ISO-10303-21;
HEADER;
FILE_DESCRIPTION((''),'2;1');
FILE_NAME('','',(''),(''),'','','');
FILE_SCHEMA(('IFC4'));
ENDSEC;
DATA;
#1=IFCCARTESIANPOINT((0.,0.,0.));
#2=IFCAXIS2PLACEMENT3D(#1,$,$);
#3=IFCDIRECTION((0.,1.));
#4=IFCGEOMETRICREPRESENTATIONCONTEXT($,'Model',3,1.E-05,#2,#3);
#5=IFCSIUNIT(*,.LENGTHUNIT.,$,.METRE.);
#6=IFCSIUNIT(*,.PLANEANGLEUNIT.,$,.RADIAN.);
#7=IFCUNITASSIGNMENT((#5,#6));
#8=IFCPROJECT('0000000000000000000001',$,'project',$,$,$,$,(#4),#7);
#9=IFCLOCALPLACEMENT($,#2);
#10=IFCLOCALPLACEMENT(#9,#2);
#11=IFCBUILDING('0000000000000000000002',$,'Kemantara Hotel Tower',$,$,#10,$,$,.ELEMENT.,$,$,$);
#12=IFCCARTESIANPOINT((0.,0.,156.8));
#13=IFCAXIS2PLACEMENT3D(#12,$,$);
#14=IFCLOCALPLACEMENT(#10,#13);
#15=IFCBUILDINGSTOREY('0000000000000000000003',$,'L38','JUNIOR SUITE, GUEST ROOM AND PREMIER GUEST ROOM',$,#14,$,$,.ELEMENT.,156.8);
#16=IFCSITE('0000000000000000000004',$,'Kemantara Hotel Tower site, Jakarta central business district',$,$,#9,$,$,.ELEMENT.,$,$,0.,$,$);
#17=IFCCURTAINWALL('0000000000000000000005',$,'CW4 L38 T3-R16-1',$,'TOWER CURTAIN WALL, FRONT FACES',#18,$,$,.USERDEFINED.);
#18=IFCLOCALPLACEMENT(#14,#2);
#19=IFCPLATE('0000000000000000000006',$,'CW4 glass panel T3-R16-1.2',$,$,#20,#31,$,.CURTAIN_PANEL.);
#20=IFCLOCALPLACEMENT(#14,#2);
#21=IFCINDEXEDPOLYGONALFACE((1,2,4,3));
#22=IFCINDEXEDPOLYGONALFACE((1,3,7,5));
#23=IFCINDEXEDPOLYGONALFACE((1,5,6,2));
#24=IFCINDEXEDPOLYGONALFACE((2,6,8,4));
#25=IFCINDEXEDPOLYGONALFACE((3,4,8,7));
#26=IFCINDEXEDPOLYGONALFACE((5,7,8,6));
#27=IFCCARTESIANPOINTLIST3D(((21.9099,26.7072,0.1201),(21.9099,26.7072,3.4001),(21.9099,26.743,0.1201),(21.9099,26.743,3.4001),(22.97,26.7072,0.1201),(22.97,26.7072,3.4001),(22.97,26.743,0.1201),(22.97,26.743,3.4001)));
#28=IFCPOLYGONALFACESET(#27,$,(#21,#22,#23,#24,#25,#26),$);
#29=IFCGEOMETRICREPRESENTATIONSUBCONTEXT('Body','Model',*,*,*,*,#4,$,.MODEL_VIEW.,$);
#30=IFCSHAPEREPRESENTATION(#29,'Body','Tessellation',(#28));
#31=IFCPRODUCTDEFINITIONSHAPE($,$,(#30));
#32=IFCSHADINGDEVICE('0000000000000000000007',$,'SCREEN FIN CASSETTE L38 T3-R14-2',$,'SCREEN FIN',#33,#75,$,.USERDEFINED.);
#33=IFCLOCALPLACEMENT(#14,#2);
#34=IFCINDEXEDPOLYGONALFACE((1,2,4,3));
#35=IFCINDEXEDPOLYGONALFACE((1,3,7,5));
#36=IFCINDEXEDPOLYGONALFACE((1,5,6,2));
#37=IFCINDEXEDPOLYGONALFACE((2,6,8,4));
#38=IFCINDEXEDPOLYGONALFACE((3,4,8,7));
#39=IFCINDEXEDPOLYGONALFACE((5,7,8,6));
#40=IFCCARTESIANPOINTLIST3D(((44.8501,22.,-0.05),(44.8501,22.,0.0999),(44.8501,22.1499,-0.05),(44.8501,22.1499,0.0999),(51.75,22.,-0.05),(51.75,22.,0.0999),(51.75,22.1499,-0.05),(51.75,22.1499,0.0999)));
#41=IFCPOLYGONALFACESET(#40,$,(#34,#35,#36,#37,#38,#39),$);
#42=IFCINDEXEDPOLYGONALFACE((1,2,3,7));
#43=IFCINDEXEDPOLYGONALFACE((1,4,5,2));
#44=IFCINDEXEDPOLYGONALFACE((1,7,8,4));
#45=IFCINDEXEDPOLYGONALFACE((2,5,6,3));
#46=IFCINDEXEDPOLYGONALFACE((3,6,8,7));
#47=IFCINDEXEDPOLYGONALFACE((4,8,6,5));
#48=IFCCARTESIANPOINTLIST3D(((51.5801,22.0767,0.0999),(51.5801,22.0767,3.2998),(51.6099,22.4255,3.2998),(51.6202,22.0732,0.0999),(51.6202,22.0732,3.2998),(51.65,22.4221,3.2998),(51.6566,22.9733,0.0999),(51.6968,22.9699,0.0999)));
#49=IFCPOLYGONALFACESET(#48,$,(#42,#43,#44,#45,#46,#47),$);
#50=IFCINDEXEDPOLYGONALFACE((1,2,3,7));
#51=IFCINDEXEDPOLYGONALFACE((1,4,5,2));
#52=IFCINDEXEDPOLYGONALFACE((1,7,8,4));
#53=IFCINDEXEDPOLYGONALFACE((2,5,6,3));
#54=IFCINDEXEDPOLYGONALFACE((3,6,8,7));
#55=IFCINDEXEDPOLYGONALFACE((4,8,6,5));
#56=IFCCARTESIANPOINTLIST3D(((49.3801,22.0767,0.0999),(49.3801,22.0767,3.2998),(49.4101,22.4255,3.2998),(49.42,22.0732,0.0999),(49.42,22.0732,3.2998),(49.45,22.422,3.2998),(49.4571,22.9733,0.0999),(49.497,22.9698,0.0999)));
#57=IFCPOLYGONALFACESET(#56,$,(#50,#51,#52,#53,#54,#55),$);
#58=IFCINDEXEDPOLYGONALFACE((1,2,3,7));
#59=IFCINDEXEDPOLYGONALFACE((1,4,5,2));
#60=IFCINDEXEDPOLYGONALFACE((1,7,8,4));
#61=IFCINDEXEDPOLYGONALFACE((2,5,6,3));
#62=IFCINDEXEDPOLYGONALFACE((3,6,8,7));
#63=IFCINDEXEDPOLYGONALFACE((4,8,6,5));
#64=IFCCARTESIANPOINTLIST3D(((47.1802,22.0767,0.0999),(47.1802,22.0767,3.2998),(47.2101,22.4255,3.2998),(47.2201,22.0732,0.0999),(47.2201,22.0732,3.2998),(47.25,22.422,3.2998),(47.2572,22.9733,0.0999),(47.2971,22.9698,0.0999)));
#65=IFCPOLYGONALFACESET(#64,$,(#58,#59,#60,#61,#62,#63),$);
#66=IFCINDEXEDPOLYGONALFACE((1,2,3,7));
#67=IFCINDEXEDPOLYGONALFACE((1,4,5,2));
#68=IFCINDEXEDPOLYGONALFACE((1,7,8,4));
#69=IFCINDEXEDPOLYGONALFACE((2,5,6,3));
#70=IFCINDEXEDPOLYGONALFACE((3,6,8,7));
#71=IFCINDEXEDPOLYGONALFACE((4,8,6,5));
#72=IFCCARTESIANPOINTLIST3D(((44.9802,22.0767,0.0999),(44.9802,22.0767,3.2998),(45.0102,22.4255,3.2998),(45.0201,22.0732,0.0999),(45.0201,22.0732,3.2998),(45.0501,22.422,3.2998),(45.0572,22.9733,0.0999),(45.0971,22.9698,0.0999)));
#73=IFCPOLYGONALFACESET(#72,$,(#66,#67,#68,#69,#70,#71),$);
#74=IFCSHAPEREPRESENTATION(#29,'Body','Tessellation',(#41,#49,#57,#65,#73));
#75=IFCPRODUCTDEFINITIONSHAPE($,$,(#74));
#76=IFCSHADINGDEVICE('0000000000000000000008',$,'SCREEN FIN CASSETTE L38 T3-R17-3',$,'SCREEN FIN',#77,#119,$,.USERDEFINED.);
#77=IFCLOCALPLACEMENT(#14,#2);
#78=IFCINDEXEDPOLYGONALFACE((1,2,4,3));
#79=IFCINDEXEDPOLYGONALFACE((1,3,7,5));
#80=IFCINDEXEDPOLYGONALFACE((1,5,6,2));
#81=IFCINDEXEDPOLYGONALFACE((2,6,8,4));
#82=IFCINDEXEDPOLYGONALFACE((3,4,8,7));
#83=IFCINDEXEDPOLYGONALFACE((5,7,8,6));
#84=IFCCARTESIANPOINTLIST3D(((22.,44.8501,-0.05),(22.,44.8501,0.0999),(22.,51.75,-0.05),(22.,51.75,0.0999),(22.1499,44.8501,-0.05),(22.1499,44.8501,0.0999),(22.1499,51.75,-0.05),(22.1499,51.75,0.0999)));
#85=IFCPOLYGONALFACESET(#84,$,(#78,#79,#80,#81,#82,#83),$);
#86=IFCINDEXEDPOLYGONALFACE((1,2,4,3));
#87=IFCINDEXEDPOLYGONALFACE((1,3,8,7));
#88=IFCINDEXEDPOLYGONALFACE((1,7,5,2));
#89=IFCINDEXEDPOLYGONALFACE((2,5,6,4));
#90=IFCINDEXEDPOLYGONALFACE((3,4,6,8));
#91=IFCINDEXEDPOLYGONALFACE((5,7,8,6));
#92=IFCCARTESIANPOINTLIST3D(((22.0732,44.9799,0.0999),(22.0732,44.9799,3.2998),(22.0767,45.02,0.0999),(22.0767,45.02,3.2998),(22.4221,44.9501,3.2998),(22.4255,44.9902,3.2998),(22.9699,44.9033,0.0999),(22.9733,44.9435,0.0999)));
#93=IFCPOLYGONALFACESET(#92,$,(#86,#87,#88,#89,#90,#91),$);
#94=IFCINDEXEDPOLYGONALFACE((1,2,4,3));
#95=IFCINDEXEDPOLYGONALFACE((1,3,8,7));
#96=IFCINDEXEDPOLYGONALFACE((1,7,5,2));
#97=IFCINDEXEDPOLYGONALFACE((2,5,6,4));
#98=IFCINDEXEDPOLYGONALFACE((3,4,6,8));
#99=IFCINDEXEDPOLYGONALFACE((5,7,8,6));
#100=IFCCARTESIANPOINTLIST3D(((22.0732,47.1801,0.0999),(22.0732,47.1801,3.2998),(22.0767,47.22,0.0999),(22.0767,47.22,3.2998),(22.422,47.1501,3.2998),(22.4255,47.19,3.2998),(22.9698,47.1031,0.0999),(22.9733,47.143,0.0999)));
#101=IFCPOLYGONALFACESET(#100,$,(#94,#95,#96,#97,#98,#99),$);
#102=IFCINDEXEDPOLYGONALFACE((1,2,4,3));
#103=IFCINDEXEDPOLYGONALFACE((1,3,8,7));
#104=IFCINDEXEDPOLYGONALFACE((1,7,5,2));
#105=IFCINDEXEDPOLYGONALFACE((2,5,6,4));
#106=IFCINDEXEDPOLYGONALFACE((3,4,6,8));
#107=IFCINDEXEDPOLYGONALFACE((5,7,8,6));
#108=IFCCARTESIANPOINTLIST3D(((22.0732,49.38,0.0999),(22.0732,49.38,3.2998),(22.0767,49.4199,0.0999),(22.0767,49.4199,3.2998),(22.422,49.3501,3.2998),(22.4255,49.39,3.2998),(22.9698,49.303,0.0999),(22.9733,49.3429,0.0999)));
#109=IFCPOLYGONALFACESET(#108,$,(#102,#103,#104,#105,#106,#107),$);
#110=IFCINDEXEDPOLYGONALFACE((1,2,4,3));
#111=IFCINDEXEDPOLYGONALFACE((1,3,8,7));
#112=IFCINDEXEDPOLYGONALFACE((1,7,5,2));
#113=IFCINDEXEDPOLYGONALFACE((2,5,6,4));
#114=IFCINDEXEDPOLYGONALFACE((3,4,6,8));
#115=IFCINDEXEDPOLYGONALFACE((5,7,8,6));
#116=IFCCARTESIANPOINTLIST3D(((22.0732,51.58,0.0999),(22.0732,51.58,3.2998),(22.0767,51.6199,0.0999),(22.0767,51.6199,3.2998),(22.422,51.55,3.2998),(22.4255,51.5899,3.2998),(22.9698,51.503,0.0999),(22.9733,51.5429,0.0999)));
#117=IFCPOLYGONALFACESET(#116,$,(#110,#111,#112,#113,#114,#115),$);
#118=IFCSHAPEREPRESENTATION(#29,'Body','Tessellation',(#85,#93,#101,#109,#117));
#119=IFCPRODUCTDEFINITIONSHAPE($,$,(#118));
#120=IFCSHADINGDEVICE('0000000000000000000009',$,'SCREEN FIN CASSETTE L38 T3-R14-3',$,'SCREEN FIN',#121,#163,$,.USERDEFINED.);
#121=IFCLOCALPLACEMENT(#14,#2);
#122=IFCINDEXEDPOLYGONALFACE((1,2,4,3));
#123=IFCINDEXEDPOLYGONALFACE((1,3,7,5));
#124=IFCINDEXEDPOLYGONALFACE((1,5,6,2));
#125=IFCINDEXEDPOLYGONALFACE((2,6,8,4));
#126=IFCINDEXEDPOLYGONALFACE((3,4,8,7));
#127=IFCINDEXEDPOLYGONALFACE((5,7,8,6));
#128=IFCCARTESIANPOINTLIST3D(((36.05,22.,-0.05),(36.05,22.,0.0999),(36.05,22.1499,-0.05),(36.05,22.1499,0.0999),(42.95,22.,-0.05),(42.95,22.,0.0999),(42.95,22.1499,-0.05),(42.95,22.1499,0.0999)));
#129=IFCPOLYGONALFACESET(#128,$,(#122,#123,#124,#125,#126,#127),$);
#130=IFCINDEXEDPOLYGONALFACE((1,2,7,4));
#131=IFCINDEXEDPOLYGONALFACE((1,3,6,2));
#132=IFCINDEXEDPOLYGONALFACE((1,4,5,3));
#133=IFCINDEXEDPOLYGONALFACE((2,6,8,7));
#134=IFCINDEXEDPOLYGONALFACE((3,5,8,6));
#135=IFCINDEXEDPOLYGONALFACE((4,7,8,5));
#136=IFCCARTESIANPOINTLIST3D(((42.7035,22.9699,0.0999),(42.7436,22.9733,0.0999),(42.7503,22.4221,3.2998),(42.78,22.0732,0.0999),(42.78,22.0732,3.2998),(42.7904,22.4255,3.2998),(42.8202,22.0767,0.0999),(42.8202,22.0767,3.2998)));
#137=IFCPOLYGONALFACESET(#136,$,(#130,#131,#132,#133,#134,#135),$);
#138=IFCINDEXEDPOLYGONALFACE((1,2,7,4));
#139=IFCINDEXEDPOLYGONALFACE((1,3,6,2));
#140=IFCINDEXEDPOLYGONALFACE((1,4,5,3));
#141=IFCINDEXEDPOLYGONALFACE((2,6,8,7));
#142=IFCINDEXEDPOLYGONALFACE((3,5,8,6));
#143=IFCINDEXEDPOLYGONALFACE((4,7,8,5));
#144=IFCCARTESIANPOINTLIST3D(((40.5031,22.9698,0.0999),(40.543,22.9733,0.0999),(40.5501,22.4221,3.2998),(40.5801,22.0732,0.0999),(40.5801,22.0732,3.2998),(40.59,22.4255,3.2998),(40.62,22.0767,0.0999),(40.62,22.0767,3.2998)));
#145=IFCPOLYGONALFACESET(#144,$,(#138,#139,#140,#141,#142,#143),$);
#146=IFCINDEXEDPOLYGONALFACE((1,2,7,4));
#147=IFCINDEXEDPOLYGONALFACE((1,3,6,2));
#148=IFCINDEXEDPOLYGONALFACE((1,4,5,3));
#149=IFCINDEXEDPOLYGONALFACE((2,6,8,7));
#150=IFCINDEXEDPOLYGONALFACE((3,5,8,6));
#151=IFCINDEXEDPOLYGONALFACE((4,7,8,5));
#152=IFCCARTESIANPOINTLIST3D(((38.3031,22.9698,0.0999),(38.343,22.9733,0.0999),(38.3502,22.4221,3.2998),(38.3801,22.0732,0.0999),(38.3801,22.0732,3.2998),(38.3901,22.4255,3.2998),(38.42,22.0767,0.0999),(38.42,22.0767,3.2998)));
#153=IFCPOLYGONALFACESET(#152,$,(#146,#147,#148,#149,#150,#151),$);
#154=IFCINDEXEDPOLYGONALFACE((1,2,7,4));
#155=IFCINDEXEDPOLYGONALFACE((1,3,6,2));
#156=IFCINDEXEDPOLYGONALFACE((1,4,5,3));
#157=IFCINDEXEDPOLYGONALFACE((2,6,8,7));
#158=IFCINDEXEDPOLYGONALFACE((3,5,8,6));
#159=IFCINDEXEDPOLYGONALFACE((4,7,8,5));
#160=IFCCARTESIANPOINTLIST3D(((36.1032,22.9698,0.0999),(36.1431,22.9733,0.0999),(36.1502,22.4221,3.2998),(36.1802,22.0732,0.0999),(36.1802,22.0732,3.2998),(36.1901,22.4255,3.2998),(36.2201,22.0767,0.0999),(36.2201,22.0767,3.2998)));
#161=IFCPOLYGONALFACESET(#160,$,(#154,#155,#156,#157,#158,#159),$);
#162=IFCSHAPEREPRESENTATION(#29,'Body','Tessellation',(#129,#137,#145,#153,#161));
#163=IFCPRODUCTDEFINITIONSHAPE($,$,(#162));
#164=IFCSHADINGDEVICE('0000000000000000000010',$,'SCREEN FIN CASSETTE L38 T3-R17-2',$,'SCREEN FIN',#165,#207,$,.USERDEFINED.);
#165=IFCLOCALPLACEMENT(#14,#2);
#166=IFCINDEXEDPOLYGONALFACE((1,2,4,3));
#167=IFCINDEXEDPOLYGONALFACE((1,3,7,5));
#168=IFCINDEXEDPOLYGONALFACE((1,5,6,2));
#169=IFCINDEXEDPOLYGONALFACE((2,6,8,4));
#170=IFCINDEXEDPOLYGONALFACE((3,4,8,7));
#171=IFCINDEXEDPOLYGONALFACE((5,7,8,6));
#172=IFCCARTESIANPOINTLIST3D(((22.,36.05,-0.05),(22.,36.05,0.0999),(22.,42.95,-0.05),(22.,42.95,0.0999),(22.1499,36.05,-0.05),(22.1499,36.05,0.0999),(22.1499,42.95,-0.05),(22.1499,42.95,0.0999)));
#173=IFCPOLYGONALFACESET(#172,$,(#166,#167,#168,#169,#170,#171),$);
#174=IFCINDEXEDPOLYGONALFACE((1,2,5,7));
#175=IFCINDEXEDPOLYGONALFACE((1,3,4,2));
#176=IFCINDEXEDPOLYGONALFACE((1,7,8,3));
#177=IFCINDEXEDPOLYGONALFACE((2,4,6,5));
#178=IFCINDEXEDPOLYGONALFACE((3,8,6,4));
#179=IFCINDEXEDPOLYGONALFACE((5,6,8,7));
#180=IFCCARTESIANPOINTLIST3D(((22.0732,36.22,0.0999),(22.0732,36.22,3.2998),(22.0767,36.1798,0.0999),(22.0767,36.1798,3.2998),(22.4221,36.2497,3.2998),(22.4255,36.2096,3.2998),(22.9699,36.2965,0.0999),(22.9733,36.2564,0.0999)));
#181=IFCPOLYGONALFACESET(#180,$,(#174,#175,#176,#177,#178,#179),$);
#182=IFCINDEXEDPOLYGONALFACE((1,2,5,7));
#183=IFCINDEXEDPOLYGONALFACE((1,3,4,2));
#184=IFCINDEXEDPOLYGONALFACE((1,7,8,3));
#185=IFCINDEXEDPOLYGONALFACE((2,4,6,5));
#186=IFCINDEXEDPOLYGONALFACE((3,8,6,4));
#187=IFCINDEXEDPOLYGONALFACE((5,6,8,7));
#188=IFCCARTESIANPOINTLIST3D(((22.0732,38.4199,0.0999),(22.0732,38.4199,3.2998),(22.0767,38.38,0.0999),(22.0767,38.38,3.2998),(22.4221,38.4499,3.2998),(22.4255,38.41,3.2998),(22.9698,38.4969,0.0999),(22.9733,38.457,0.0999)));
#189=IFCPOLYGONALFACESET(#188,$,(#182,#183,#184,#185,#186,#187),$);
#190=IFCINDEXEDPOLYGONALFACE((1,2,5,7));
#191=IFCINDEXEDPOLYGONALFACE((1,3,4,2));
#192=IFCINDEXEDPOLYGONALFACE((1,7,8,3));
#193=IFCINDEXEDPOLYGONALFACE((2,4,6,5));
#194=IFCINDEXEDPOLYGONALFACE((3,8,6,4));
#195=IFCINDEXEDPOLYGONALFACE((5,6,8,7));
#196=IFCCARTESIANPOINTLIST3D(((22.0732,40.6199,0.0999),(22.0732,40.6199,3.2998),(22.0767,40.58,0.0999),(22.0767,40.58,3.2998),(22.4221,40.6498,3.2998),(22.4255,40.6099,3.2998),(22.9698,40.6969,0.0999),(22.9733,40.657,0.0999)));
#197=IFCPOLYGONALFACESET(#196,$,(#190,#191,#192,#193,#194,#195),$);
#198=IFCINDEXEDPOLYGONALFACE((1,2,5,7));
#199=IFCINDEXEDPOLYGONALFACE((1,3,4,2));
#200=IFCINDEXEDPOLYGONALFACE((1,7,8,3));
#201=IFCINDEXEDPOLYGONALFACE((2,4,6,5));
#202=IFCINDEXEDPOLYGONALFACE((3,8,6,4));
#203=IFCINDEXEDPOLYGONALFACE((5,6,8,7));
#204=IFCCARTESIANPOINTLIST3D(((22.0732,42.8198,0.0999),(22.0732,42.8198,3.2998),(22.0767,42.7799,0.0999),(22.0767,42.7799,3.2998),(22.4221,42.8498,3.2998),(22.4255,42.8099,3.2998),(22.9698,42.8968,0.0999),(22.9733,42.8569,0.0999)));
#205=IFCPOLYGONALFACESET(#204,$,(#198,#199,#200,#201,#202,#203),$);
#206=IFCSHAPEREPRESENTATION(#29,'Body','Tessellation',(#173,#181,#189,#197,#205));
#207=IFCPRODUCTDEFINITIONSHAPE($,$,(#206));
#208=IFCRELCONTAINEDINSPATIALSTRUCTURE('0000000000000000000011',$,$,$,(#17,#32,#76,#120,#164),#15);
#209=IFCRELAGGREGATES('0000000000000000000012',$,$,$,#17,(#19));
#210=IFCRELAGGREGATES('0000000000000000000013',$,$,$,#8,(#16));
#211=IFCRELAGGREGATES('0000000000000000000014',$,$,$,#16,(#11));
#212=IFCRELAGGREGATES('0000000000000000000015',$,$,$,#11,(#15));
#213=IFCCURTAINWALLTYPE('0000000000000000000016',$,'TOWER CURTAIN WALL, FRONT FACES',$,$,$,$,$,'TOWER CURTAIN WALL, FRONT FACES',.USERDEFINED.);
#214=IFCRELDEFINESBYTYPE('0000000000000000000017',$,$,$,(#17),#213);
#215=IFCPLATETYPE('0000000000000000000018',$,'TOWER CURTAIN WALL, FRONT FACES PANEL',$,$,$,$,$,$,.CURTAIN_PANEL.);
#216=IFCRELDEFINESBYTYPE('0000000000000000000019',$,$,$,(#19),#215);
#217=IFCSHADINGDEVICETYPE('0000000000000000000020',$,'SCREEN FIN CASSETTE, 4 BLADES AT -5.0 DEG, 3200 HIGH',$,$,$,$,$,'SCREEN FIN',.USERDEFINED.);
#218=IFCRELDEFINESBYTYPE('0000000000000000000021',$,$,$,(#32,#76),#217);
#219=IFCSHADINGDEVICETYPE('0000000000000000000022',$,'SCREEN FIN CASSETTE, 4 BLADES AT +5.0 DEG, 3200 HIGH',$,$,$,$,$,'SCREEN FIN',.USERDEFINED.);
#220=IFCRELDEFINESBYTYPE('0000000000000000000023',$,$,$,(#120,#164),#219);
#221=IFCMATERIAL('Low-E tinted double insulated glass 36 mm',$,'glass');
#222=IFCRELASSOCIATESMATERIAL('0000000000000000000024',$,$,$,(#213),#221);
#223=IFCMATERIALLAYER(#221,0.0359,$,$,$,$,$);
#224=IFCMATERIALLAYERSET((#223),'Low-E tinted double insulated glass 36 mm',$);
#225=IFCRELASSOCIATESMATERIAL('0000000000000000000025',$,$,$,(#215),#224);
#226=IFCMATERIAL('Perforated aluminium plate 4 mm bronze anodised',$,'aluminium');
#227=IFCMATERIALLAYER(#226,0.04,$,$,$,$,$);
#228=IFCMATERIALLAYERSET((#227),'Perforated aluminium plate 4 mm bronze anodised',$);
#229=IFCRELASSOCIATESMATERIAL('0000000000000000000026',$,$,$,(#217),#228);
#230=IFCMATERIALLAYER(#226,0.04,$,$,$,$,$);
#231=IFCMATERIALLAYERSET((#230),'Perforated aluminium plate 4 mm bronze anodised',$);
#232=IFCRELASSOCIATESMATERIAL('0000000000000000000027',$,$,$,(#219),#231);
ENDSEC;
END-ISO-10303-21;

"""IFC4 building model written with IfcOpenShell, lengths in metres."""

from ifc_helpers import new_model, si_unit, direction, frame, origin, origin_2d, place, context, subcontext, project, spatial, polyline, rectangle, outline, extrude, source, transform, mapped, material, layer, layer_set, type_object, element, aggregate, save


model = new_model("IFC4")

# Units and contexts
model_context = context("Model", 3, precision=1e-05, world=origin(), true_north=direction((0.0, 1.0)))
body_context = subcontext(model_context, "Body", "Model", "MODEL_VIEW")
ifc_project = project(units=[si_unit("LENGTHUNIT", "METRE"), si_unit("PLANEANGLEUNIT", "RADIAN")], contexts=[model_context])

# Site, building, storey
site_placement = place(None, origin())
site = spatial("IfcSite", under=ifc_project, at=site_placement, Name="Kemantara Hotel Tower site, Jakarta central business district", CompositionType="ELEMENT", RefElevation=0.0)
building_placement = place(site_placement, origin())
building = spatial("IfcBuilding", under=site, at=building_placement, Name="Kemantara Hotel Tower", CompositionType="ELEMENT")
storey_placement = place(building_placement, frame((0.0, 0.0, 156.8)))
storey = spatial("IfcBuildingStorey", under=building, at=storey_placement, Name="L38", Description="JUNIOR SUITE, GUEST ROOM AND PREMIER GUEST ROOM", CompositionType="ELEMENT", Elevation=156.8)

# Curtain wall
ifc_material_1 = material(Name="Low-E tinted double insulated glass 36 mm", Category="glass")
curtain_wall_type = type_object("IfcCurtainWallType", Name="TOWER CURTAIN WALL, FRONT FACES", ElementType="TOWER CURTAIN WALL, FRONT FACES", PredefinedType="USERDEFINED", material=ifc_material_1)
curtain_wall_1_placement = place(storey_placement, origin())
curtain_wall_1 = element("IfcCurtainWall", 1, at=curtain_wall_1_placement, inside=storey, type_object=curtain_wall_type, Name="CW4 L38 T3-R16-1", ObjectType="TOWER CURTAIN WALL, FRONT FACES", PredefinedType="USERDEFINED")

# Plate
ifc_layer_1 = layer(ifc_material_1, 0.0359)
ifc_layer_set_1 = layer_set([ifc_layer_1], Name="Low-E tinted double insulated glass 36 mm")
plate_type = type_object("IfcPlateType", Name="TOWER CURTAIN WALL, FRONT FACES PANEL", PredefinedType="CURTAIN_PANEL", material=ifc_layer_set_1)
shared_shape_1 = source(origin(), body_context, "Body", "SweptSolid", [
    extrude(rectangle(XDim=1.0601, YDim=0.0359, at=origin_2d()), origin(), (0.0, 0.0, 1.0), 3.28),
])
plate_1_placement = place(storey_placement, frame((22.4399, 26.7251, 0.1201), z_axis=(0.0, 0.0, 1.0), x_axis=(-1.0, 0.0, 0.0)))
plate_1 = element("IfcPlate", 2, at=plate_1_placement, type_object=plate_type, Name="CW4 glass panel T3-R16-1.2", PredefinedType="CURTAIN_PANEL", context=body_context, shape_type="MappedRepresentation", body=[
    mapped(shared_shape_1, transform((0.0, 0.0, 0.0))),
])
aggregate(curtain_wall_1, [plate_1])

# Shading devices
ifc_material_2 = material(Name="Perforated aluminium plate 4 mm bronze anodised", Category="aluminium")
ifc_layer_2 = layer(ifc_material_2, 0.04)
ifc_layer_set_2 = layer_set([ifc_layer_2], Name="Perforated aluminium plate 4 mm bronze anodised")
shading_device_type_1 = type_object("IfcShadingDeviceType", Name="SCREEN FIN CASSETTE, 4 BLADES AT -5.0 DEG, 3200 HIGH", ElementType="SCREEN FIN", PredefinedType="USERDEFINED", material=ifc_layer_set_2)
shared_shape_2 = source(origin(), body_context, "Body", "SweptSolid", [
    extrude(rectangle(XDim=6.8999, YDim=0.1499, at=origin_2d()), frame((3.3, -0.075, -0.1499), z_axis=(0.0, 0.0, 1.0), x_axis=(1.0, 0.0, 0.0)), (0.0, 0.0, 1.0), 0.1499),
    extrude(outline(polyline([(0.0, 0.0), (0.8999, 0.0), (0.3501, 3.2), (0.0, 3.2), (0.0, 0.0)])), frame((0.02, -0.0767, 0.0), z_axis=(-0.996376, 0.085056, 0.0), x_axis=(-0.085056, -0.996376, 0.0)), (0.0, 0.0, 1.0), 0.0403),
    extrude(outline(polyline([(0.0, 0.0), (0.8999, 0.0), (0.3501, 3.2), (0.0, 3.2), (0.0, 0.0)])), frame((2.22, -0.0767, 0.0), z_axis=(-0.996332, 0.085575, 0.0), x_axis=(-0.085575, -0.996332, 0.0)), (0.0, 0.0, 1.0), 0.04),
    extrude(outline(polyline([(0.0, 0.0), (0.8999, 0.0), (0.3501, 3.2), (0.0, 3.2), (0.0, 0.0)])), frame((4.4199, -0.0767, 0.0), z_axis=(-0.996332, 0.085575, 0.0), x_axis=(-0.085575, -0.996332, 0.0)), (0.0, 0.0, 1.0), 0.04),
    extrude(outline(polyline([(0.0, 0.0), (0.8999, 0.0), (0.3501, 3.2), (0.0, 3.2), (0.0, 0.0)])), frame((6.6199, -0.0767, 0.0), z_axis=(-0.996332, 0.085575, 0.0), x_axis=(-0.085575, -0.996332, 0.0)), (0.0, 0.0, 1.0), 0.04),
])
for number, where, z_axis, x_axis, name in (
    (3, (51.6001, 22.0, 0.0999), (0.0, 0.0, 1.0), (-1.0, 0.0, 0.0), "SCREEN FIN CASSETTE L38 T3-R14-2"),
    (4, (22.0, 45.0, 0.0999), (0.0, 0.0, 1.0), (0.0, 1.0, 0.0), "SCREEN FIN CASSETTE L38 T3-R17-3"),
):
    element("IfcShadingDevice", number, at=place(storey_placement, frame(where, z_axis=z_axis, x_axis=x_axis)), inside=storey, type_object=shading_device_type_1, Name=name, ObjectType="SCREEN FIN", PredefinedType="USERDEFINED", context=body_context, shape_type="MappedRepresentation", body=[
        mapped(shared_shape_2, transform((0.0, 0.0, 0.0))),
    ])
ifc_layer_3 = layer(ifc_material_2, 0.04)
ifc_layer_set_3 = layer_set([ifc_layer_3], Name="Perforated aluminium plate 4 mm bronze anodised")
shading_device_type_2 = type_object("IfcShadingDeviceType", Name="SCREEN FIN CASSETTE, 4 BLADES AT +5.0 DEG, 3200 HIGH", ElementType="SCREEN FIN", PredefinedType="USERDEFINED", material=ifc_layer_set_3)
shared_shape_3 = source(origin(), body_context, "Body", "SweptSolid", [
    extrude(rectangle(XDim=6.8999, YDim=0.1499, at=origin_2d()), frame((3.3, -0.075, -0.1499), z_axis=(0.0, 0.0, 1.0), x_axis=(1.0, 0.0, 0.0)), (0.0, 0.0, 1.0), 0.1499),
    extrude(outline(polyline([(0.0, 0.0), (0.8999, 0.0), (0.3501, 3.2), (0.0, 3.2), (0.0, 0.0)])), frame((0.02, -0.0732, 0.0), z_axis=(-0.996376, -0.085056, 0.0), x_axis=(0.085056, -0.996376, 0.0)), (0.0, 0.0, 1.0), 0.0403),
    extrude(outline(polyline([(0.0, 0.0), (0.8999, 0.0), (0.3501, 3.2), (0.0, 3.2), (0.0, 0.0)])), frame((2.22, -0.0732, 0.0), z_axis=(-0.996332, -0.085575, 0.0), x_axis=(0.085575, -0.996332, 0.0)), (0.0, 0.0, 1.0), 0.04),
    extrude(outline(polyline([(0.0, 0.0), (0.8999, 0.0), (0.3501, 3.2), (0.0, 3.2), (0.0, 0.0)])), frame((4.4199, -0.0732, 0.0), z_axis=(-0.996332, -0.085575, 0.0), x_axis=(0.085575, -0.996332, 0.0)), (0.0, 0.0, 1.0), 0.04),
    extrude(outline(polyline([(0.0, 0.0), (0.8999, 0.0), (0.3501, 3.2), (0.0, 3.2), (0.0, 0.0)])), frame((6.6199, -0.0732, 0.0), z_axis=(-0.996332, -0.085575, 0.0), x_axis=(0.085575, -0.996332, 0.0)), (0.0, 0.0, 1.0), 0.04),
])
for number, where, z_axis, x_axis, name in (
    (5, (42.8, 22.0, 0.0999), (0.0, 0.0, 1.0), (-1.0, 0.0, 0.0), "SCREEN FIN CASSETTE L38 T3-R14-3"),
    (6, (22.0, 36.2, 0.0999), (0.0, 0.0, 1.0), (0.0, 1.0, 0.0), "SCREEN FIN CASSETTE L38 T3-R17-2"),
):
    element("IfcShadingDevice", number, at=place(storey_placement, frame(where, z_axis=z_axis, x_axis=x_axis)), inside=storey, type_object=shading_device_type_2, Name=name, ObjectType="SCREEN FIN", PredefinedType="USERDEFINED", context=body_context, shape_type="MappedRepresentation", body=[
        mapped(shared_shape_3, transform((0.0, 0.0, 0.0))),
    ])

save(model, "model.ifc")
